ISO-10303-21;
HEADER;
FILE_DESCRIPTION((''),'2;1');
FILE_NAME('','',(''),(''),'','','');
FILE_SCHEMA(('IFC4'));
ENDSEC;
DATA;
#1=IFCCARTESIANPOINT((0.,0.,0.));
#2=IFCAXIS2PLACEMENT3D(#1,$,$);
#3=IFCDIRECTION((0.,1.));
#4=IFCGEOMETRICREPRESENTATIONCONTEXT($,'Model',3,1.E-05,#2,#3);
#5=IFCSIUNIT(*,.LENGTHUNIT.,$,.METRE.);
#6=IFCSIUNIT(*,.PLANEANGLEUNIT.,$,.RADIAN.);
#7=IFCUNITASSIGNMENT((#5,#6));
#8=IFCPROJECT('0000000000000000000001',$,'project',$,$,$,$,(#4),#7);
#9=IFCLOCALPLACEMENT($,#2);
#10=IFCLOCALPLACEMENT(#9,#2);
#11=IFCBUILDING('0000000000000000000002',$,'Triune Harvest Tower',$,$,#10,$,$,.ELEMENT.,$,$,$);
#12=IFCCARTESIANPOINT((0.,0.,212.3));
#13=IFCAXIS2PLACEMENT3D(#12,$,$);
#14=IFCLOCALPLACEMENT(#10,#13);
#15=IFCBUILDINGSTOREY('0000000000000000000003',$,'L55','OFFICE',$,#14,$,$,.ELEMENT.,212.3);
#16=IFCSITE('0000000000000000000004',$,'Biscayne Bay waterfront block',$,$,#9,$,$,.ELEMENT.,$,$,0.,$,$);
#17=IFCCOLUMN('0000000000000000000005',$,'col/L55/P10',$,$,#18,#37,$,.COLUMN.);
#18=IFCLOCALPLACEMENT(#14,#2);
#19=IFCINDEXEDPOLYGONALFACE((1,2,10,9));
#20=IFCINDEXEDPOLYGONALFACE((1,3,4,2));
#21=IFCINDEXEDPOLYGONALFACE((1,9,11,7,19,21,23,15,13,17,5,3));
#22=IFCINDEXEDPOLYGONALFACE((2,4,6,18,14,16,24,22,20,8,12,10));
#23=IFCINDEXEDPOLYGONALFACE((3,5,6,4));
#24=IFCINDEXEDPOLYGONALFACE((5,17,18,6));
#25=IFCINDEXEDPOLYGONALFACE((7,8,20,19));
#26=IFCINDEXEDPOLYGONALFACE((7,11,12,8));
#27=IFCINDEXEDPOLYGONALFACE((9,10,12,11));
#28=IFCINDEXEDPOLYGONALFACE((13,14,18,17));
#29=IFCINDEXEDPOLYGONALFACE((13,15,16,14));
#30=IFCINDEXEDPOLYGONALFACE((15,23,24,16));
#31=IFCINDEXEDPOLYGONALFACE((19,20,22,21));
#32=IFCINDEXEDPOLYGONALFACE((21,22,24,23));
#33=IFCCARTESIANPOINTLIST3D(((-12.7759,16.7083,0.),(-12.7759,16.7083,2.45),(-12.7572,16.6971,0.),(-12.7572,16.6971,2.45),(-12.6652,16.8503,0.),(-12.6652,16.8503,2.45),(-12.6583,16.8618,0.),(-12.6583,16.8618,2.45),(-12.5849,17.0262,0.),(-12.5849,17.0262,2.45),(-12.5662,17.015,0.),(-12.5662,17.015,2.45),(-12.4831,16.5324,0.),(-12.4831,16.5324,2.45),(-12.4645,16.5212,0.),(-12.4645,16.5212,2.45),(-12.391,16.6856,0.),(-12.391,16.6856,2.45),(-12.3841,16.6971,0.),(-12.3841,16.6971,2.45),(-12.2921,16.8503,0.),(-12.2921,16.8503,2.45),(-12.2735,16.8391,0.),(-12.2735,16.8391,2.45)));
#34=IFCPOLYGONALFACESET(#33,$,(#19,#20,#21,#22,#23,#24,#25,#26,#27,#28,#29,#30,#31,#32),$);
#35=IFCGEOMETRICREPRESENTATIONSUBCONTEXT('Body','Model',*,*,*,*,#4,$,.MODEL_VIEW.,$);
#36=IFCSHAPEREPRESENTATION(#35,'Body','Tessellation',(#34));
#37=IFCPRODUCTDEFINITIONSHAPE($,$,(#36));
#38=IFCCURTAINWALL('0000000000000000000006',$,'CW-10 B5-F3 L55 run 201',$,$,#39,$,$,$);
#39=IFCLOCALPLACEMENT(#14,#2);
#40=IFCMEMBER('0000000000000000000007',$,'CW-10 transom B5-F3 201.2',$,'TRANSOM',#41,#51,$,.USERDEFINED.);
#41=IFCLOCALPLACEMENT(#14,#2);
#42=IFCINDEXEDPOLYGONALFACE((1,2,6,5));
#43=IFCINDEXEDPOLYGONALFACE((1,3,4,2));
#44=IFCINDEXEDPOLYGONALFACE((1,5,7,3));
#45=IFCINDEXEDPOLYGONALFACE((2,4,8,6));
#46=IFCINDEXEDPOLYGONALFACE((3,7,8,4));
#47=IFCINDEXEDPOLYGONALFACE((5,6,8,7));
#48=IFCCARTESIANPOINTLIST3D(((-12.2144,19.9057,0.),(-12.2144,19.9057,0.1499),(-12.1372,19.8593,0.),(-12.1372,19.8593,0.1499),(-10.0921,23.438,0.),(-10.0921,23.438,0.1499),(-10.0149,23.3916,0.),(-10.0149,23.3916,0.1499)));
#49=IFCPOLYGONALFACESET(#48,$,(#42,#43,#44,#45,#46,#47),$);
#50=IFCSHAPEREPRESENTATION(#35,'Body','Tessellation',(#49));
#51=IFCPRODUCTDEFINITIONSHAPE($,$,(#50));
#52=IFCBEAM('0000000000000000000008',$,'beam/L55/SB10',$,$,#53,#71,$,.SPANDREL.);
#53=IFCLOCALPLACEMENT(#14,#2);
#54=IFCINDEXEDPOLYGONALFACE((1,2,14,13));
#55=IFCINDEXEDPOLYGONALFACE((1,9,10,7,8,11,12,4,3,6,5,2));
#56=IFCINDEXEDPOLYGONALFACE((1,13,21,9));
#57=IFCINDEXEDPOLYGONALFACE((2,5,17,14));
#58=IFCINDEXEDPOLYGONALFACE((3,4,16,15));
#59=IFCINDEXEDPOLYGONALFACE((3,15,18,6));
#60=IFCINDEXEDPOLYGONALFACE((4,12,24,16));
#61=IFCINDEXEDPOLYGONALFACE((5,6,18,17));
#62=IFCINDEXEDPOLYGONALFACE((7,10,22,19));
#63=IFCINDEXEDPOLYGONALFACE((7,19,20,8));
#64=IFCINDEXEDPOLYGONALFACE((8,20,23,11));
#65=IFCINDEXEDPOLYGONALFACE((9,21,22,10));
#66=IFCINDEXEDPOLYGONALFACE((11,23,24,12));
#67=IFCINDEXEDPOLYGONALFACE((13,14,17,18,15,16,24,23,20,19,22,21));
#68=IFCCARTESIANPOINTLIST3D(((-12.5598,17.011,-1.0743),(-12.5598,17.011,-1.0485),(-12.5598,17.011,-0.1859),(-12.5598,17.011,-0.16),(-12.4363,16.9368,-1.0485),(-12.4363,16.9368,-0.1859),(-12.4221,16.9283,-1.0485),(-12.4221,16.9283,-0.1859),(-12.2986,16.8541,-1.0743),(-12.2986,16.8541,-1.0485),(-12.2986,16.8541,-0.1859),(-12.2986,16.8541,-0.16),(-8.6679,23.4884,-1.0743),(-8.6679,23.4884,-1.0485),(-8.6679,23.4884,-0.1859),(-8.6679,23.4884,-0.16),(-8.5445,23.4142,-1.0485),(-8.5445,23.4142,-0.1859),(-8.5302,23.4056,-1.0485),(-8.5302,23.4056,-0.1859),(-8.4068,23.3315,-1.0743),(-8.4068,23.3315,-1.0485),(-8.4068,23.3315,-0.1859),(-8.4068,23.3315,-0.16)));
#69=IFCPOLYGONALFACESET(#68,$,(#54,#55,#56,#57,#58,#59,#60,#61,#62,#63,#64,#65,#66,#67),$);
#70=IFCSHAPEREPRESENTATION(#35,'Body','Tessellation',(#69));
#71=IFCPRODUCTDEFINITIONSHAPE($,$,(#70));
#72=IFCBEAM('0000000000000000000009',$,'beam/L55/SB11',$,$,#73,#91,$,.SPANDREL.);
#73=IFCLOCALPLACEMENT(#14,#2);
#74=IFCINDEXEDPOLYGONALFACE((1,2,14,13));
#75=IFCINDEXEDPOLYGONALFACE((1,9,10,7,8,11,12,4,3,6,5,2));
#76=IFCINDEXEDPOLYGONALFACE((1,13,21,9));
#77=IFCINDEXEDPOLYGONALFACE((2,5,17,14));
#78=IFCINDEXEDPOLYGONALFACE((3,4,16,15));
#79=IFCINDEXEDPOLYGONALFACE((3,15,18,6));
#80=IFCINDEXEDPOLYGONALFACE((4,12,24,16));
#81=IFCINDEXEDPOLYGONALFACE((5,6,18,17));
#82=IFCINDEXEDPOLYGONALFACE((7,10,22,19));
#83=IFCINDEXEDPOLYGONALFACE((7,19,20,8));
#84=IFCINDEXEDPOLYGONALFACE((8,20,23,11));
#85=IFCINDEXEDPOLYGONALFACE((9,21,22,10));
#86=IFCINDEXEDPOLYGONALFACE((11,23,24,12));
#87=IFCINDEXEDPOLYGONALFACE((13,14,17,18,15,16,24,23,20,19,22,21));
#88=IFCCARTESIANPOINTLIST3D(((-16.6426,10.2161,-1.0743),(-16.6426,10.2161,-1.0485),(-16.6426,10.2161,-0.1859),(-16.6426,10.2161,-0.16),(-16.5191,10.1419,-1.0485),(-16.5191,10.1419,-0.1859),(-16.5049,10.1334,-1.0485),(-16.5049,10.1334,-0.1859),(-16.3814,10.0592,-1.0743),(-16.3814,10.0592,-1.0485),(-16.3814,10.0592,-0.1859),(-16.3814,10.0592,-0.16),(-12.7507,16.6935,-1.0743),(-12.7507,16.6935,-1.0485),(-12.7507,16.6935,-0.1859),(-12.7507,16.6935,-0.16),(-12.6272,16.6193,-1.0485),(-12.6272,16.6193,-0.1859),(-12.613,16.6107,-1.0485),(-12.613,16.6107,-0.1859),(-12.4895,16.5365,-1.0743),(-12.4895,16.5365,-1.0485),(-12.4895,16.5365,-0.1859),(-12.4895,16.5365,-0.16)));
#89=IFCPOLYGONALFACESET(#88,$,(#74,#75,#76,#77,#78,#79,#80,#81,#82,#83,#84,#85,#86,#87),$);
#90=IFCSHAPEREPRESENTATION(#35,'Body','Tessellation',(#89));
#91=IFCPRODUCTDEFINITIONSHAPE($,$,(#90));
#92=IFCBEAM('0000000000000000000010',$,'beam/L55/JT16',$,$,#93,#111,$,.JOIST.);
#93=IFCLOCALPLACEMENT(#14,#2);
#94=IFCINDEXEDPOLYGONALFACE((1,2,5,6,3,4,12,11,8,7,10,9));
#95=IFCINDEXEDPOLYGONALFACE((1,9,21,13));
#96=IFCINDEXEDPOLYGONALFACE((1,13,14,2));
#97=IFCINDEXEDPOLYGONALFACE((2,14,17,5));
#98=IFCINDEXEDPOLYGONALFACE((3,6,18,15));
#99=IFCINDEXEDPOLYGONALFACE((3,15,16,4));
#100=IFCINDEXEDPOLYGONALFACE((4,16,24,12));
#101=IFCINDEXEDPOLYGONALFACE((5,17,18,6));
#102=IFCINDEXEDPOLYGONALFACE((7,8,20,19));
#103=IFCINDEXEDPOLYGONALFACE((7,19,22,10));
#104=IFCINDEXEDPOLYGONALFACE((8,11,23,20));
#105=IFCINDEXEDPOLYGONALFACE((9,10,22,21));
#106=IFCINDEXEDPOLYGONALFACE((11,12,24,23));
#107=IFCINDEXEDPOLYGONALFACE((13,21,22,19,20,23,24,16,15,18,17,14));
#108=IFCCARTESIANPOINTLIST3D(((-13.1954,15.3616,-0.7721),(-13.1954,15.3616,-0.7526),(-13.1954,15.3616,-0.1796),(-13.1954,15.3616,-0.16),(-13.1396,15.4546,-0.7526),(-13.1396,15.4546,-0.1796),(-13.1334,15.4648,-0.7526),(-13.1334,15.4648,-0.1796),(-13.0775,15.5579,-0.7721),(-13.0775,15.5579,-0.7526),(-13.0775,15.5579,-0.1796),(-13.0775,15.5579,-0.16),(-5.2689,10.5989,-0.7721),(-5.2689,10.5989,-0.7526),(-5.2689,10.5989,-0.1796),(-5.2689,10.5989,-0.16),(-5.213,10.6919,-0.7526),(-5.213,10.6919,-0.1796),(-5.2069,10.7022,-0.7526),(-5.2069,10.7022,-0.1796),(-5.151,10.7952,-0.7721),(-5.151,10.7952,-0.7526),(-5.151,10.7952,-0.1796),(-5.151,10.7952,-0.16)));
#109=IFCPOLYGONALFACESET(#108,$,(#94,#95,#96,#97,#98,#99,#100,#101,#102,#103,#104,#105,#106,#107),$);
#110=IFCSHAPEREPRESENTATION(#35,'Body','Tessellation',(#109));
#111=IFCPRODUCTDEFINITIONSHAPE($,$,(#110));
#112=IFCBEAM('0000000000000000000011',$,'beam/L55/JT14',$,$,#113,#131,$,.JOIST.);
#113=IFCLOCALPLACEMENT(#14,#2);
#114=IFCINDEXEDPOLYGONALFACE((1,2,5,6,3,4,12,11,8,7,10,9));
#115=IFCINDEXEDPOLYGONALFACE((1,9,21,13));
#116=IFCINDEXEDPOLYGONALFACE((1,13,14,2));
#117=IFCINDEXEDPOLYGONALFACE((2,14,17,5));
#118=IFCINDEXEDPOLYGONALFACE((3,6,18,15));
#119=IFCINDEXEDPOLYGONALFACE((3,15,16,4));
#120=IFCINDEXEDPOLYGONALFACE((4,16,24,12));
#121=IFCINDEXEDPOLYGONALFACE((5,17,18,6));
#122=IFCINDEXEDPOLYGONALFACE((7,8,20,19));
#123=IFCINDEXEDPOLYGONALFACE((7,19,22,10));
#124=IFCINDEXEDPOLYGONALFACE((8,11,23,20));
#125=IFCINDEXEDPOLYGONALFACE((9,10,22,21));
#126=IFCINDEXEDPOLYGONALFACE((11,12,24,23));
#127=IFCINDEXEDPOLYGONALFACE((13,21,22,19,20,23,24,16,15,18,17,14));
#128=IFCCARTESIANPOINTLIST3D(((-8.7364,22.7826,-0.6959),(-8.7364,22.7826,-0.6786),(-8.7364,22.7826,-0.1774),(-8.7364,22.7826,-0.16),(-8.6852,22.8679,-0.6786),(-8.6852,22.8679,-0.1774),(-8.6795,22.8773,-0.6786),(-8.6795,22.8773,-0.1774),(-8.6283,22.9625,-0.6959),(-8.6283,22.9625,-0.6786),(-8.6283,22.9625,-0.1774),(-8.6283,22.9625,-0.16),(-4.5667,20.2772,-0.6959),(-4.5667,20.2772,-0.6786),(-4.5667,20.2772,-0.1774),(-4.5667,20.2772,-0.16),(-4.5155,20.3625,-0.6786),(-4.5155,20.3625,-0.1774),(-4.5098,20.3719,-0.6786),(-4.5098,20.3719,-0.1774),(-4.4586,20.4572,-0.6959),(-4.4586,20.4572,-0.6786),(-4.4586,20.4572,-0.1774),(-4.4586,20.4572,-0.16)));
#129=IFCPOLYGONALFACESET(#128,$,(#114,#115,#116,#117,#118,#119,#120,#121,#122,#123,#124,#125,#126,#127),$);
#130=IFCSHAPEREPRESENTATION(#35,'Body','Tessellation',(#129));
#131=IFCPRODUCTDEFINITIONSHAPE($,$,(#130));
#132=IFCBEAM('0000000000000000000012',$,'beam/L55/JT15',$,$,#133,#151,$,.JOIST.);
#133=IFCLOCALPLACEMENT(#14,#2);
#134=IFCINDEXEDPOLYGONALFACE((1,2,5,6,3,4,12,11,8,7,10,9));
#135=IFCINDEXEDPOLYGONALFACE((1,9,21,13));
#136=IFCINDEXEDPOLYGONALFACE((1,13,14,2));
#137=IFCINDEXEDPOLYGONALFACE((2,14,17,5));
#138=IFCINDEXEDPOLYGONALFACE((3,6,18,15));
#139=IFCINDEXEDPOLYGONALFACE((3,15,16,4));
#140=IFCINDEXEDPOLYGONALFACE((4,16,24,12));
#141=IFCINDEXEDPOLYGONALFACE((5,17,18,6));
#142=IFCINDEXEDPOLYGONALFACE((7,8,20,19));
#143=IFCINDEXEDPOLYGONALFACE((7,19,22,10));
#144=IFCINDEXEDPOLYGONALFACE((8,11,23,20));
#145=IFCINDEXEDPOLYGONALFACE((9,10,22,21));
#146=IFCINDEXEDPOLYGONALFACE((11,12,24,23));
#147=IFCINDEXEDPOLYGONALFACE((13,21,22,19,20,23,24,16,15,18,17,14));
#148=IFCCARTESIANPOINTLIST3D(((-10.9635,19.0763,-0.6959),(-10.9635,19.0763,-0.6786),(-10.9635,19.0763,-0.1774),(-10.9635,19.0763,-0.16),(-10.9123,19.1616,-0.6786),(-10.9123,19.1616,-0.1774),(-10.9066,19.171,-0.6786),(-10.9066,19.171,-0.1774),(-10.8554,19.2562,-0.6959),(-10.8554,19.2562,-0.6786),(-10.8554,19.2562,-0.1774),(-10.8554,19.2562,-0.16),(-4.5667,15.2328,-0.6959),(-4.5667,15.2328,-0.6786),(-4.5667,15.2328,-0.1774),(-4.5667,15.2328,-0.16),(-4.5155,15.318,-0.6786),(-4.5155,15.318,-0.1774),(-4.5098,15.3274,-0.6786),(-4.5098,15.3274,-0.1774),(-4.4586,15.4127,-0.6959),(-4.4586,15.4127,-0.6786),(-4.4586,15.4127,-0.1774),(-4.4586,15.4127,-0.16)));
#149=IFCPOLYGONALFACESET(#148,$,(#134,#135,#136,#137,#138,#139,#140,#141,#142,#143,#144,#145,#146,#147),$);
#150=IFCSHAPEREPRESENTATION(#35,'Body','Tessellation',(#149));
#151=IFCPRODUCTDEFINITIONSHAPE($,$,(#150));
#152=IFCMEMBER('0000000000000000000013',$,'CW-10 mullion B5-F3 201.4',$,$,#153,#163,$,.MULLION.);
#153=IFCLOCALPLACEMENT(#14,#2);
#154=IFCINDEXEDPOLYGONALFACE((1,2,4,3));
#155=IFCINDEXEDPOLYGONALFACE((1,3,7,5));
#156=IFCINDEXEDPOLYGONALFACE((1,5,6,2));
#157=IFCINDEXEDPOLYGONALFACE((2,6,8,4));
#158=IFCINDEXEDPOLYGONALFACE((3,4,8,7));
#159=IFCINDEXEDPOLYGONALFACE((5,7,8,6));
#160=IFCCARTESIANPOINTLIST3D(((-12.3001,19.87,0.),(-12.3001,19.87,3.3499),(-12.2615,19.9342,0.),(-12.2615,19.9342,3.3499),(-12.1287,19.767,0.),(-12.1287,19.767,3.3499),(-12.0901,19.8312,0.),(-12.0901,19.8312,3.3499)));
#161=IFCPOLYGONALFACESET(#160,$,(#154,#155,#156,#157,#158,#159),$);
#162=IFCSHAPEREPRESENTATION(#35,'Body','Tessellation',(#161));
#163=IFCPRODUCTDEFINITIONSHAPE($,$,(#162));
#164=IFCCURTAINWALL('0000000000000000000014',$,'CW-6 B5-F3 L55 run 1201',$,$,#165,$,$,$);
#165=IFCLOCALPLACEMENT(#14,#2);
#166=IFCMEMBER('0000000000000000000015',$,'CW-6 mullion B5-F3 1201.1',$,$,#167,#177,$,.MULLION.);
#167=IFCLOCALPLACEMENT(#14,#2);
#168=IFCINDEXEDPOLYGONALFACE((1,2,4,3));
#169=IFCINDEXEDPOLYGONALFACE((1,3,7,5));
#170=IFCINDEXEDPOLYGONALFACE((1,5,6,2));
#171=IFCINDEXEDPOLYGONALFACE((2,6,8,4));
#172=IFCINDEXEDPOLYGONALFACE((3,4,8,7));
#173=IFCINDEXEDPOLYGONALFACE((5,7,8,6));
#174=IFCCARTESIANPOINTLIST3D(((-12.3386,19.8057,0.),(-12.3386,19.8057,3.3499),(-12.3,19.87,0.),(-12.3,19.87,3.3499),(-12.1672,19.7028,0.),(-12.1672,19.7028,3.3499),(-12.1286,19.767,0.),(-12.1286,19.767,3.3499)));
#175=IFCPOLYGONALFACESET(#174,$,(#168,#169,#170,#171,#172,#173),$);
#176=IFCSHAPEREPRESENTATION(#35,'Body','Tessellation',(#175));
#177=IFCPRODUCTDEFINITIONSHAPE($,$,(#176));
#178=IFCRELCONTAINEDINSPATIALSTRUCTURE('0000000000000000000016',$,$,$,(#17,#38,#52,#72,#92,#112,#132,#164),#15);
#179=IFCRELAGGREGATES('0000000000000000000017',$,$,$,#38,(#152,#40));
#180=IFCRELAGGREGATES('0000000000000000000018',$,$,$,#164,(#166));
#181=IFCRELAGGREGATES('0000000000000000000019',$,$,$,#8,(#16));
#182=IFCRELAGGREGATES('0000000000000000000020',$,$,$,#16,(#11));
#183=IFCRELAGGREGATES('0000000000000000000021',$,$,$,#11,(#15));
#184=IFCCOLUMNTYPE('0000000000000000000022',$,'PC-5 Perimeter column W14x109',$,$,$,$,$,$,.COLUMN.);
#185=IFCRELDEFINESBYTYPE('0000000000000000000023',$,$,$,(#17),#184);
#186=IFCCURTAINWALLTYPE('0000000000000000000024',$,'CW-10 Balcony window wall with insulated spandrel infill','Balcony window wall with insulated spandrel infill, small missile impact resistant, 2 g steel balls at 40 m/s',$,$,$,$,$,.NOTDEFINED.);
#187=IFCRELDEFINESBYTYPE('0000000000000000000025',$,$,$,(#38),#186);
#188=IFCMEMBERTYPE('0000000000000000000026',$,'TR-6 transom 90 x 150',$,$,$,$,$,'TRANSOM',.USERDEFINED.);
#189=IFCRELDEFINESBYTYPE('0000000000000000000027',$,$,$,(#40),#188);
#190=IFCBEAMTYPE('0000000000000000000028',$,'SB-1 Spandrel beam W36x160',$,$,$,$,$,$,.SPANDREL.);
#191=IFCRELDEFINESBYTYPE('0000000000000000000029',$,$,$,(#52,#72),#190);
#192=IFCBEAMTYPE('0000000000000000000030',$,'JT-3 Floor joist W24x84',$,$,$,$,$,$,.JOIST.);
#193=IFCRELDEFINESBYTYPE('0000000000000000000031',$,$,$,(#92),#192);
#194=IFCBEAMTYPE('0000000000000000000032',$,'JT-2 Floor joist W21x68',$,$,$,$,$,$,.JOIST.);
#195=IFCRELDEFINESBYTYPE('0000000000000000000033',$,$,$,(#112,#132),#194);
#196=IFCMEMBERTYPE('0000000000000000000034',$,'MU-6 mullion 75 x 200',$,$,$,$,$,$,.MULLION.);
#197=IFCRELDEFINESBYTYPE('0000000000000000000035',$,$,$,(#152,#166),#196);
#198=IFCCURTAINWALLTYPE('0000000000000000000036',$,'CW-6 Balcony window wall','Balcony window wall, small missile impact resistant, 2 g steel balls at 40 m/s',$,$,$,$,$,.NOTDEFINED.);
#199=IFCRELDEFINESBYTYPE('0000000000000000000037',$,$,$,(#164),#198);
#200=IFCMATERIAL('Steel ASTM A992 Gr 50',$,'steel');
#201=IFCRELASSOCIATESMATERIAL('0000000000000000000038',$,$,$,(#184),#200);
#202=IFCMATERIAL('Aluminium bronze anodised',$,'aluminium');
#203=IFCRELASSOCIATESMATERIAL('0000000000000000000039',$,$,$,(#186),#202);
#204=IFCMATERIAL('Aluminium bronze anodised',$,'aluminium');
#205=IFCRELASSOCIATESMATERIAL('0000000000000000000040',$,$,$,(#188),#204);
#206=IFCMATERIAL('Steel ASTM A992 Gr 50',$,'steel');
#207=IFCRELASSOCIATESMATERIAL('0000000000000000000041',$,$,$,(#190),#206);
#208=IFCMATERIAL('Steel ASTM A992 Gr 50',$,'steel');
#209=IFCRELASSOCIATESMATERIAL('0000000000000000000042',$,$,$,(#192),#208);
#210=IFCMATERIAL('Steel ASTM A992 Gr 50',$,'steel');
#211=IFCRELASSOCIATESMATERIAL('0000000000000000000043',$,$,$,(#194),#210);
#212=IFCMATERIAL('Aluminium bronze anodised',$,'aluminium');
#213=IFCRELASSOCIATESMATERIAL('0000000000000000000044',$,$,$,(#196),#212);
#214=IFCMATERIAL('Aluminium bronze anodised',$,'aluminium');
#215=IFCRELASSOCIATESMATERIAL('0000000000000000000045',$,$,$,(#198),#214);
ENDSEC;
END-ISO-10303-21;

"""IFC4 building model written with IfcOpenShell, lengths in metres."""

from ifc_helpers import new_model, si_unit, direction, frame, origin, origin_2d, place, context, subcontext, project, spatial, rectangle, i_section, extrude, source, transform, mapped, material, material_profile, profile_set, type_object, element, aggregate, save


model = new_model("IFC4")

# Units and contexts
model_context = context("Model", 3, precision=1e-05, world=origin(), true_north=direction((0.0, 1.0)))
body_context = subcontext(model_context, "Body", "Model", "MODEL_VIEW")
ifc_project = project(units=[si_unit("LENGTHUNIT", "METRE"), si_unit("PLANEANGLEUNIT", "RADIAN")], contexts=[model_context])

# Site, building, storey
site_placement = place(None, origin())
site = spatial("IfcSite", under=ifc_project, at=site_placement, Name="Biscayne Bay waterfront block", CompositionType="ELEMENT", RefElevation=0.0)
building_placement = place(site_placement, origin())
building = spatial("IfcBuilding", under=site, at=building_placement, Name="Triune Harvest Tower", CompositionType="ELEMENT")
storey_placement = place(building_placement, frame((0.0, 0.0, 212.3)))
storey = spatial("IfcBuildingStorey", under=building, at=storey_placement, Name="L55", Description="OFFICE", CompositionType="ELEMENT", Elevation=212.3)

# Column
ifc_material_1 = material(Name="Steel ASTM A992 Gr 50", Category="steel")
ifc_material_profile_1 = material_profile(ifc_material_1, i_section(OverallWidth=0.3708, OverallDepth=0.3633, WebThickness=0.0134, FlangeThickness=0.0217, at=origin_2d()), Name="W14x109")
ifc_profile_set_1 = profile_set([ifc_material_profile_1], Name="Steel ASTM A992 Gr 50")
column_type = type_object("IfcColumnType", Name="PC-5 Perimeter column W14x109", PredefinedType="COLUMN", material=ifc_profile_set_1)
shared_shape_1 = source(origin(), body_context, "Body", "SweptSolid", [
    extrude(i_section(OverallWidth=0.3708, OverallDepth=0.3633, WebThickness=0.0134, FlangeThickness=0.0217, at=origin_2d()), origin(), (0.0, 0.0, 1.0), 2.45),
])
column_placement = place(storey_placement, frame((-12.5247, 16.7737, 0.0), z_axis=(0.0, 0.0, 1.0), x_axis=(-0.515037, -0.857168, 0.0)))
element("IfcColumn", 1, at=column_placement, inside=storey, type_object=column_type, Name="col/L55/P10", PredefinedType="COLUMN", context=body_context, shape_type="MappedRepresentation", body=[
    mapped(shared_shape_1, transform((0.0, 0.0, 0.0), scale=1.0)),
])

# Curtain wall, member
ifc_material_2 = material(Name="Aluminium bronze anodised", Category="aluminium")
curtain_wall_type_1 = type_object("IfcCurtainWallType", Name="CW-10 Balcony window wall with insulated spandrel infill", Description="Balcony window wall with insulated spandrel infill, small missile impact resistant, 2 g steel balls at 40 m/s", PredefinedType="NOTDEFINED", material=ifc_material_2)
curtain_wall_1_placement = place(storey_placement, origin())
curtain_wall_1 = element("IfcCurtainWall", 2, at=curtain_wall_1_placement, inside=storey, type_object=curtain_wall_type_1, Name="CW-10 B5-F3 L55 run 201")
ifc_material_3 = material(Name="Aluminium bronze anodised", Category="aluminium")
ifc_material_profile_2 = material_profile(ifc_material_3, rectangle(XDim=0.0901, YDim=0.1499, at=origin_2d()), Name="TR-6 transom 90 x 150")
ifc_profile_set_2 = profile_set([ifc_material_profile_2], Name="Aluminium bronze anodised")
member_type_1 = type_object("IfcMemberType", Name="TR-6 transom 90 x 150", ElementType="TRANSOM", PredefinedType="USERDEFINED", material=ifc_profile_set_2)
member_1_placement = place(storey_placement, frame((-10.0535, 23.4148, 0.075), z_axis=(-0.515027, -0.857174, 0.0), x_axis=(0.857174, -0.515027, 0.0)))
member_1 = element("IfcMember", 3, at=member_1_placement, type_object=member_type_1, Name="CW-10 transom B5-F3 201.2", ObjectType="TRANSOM", PredefinedType="USERDEFINED", context=body_context, shape_type="SweptSolid", body=[
    extrude(rectangle(XDim=0.0901, YDim=0.1499, at=origin_2d()), origin(), (0.0, 0.0, 1.0), 4.1208),
])

# Beams
ifc_material_4 = material(Name="Steel ASTM A992 Gr 50", Category="steel")
ifc_material_profile_3 = material_profile(ifc_material_4, i_section(OverallWidth=0.3047, OverallDepth=0.9143, WebThickness=0.0166, FlangeThickness=0.0259, at=origin_2d()), Name="W36x160")
ifc_profile_set_3 = profile_set([ifc_material_profile_3], Name="Steel ASTM A992 Gr 50")
beam_type_1 = type_object("IfcBeamType", Name="SB-1 Spandrel beam W36x160", PredefinedType="SPANDREL", material=ifc_profile_set_3)
shared_shape_2 = source(origin(), body_context, "Body", "SweptSolid", [
    extrude(i_section(OverallWidth=0.3047, OverallDepth=0.9143, WebThickness=0.0166, FlangeThickness=0.0259, at=origin_2d()), origin(), (0.0, 0.0, 1.0), 7.5566),
])
for number, where, z_axis, x_axis, name in (
    (4, (-8.5374, 23.4099, -0.6172), (-0.515028, -0.857173, 0.0), (0.857173, -0.515028, 0.0), "beam/L55/SB10"),
    (5, (-12.6201, 16.615, -0.6172), (-0.515028, -0.857173, 0.0), (0.857173, -0.515028, 0.0), "beam/L55/SB11"),
):
    element("IfcBeam", number, at=place(storey_placement, frame(where, z_axis=z_axis, x_axis=x_axis)), inside=storey, type_object=beam_type_1, Name=name, PredefinedType="SPANDREL", context=body_context, shape_type="MappedRepresentation", body=[
        mapped(shared_shape_2, transform((0.0, 0.0, 0.0), scale=1.0)),
    ])
ifc_material_5 = material(Name="Steel ASTM A992 Gr 50", Category="steel")
ifc_material_profile_4 = material_profile(ifc_material_5, i_section(OverallWidth=0.229, OverallDepth=0.6121, WebThickness=0.012, FlangeThickness=0.0195, at=origin_2d()), Name="W24x84")
ifc_profile_set_4 = profile_set([ifc_material_profile_4], Name="Steel ASTM A992 Gr 50")
beam_type_2 = type_object("IfcBeamType", Name="JT-3 Floor joist W24x84", PredefinedType="JOIST", material=ifc_profile_set_4)
shared_shape_3 = source(origin(), body_context, "Body", "SweptSolid", [
    extrude(i_section(OverallWidth=0.229, OverallDepth=0.6121, WebThickness=0.012, FlangeThickness=0.0195, at=origin_2d()), origin(), (0.0, 0.0, 1.0), 9.2473),
])
beam_1_placement = place(storey_placement, frame((-13.1365, 15.4597, -0.4661), z_axis=(0.857169, -0.515035, 0.0), x_axis=(0.515035, 0.857169, 0.0)))
element("IfcBeam", 6, at=beam_1_placement, inside=storey, type_object=beam_type_2, Name="beam/L55/JT16", PredefinedType="JOIST", context=body_context, shape_type="MappedRepresentation", body=[
    mapped(shared_shape_3, transform((0.0, 0.0, 0.0), scale=1.0)),
])
ifc_material_6 = material(Name="Steel ASTM A992 Gr 50", Category="steel")
ifc_material_profile_5 = material_profile(ifc_material_6, i_section(OverallWidth=0.21, OverallDepth=0.5359, WebThickness=0.011, FlangeThickness=0.0173, at=origin_2d()), Name="W21x68")
ifc_profile_set_5 = profile_set([ifc_material_profile_5], Name="Steel ASTM A992 Gr 50")
beam_type_3 = type_object("IfcBeamType", Name="JT-2 Floor joist W21x68", PredefinedType="JOIST", material=ifc_profile_set_5)
shared_shape_4 = source(origin(), body_context, "Body", "SweptSolid", [
    extrude(i_section(OverallWidth=0.21, OverallDepth=0.5359, WebThickness=0.011, FlangeThickness=0.0173, at=origin_2d()), origin(), (0.0, 0.0, 1.0), 4.8645),
])
beam_2_placement = place(storey_placement, frame((-8.6824, 22.8726, -0.428), z_axis=(0.857169, -0.515034, 0.0), x_axis=(0.515034, 0.857169, 0.0)))
element("IfcBeam", 7, at=beam_2_placement, inside=storey, type_object=beam_type_3, Name="beam/L55/JT14", PredefinedType="JOIST", context=body_context, shape_type="MappedRepresentation", body=[
    mapped(shared_shape_4, transform((0.0, 0.0, 0.0), scale=1.0)),
])
shared_shape_5 = source(origin(), body_context, "Body", "SweptSolid", [
    extrude(i_section(OverallWidth=0.21, OverallDepth=0.5359, WebThickness=0.011, FlangeThickness=0.0173, at=origin_2d()), origin(), (0.0, 0.0, 1.0), 7.4626),
])
beam_3_placement = place(storey_placement, frame((-10.9094, 19.1663, -0.428), z_axis=(0.857169, -0.515034, 0.0), x_axis=(0.515034, 0.857169, 0.0)))
element("IfcBeam", 8, at=beam_3_placement, inside=storey, type_object=beam_type_3, Name="beam/L55/JT15", PredefinedType="JOIST", context=body_context, shape_type="MappedRepresentation", body=[
    mapped(shared_shape_5, transform((0.0, 0.0, 0.0), scale=1.0)),
])

# Member
ifc_material_7 = material(Name="Aluminium bronze anodised", Category="aluminium")
ifc_material_profile_6 = material_profile(ifc_material_7, rectangle(XDim=0.2, YDim=0.075, at=origin_2d()), Name="MU-6 mullion 75 x 200")
ifc_profile_set_6 = profile_set([ifc_material_profile_6], Name="Aluminium bronze anodised")
member_type_2 = type_object("IfcMemberType", Name="MU-6 mullion 75 x 200", PredefinedType="MULLION", material=ifc_profile_set_6)
shared_shape_6 = source(origin(), body_context, "Body", "SweptSolid", [
    extrude(rectangle(XDim=0.2, YDim=0.075, at=origin_2d()), origin(), (0.0, 0.0, 1.0), 3.3499),
])
member_2_placement = place(storey_placement, frame((-12.1951, 19.8506, 0.0), z_axis=(0.0, 0.0, 1.0), x_axis=(0.857171, -0.515032, 0.0)))
member_2 = element("IfcMember", 9, at=member_2_placement, type_object=member_type_2, Name="CW-10 mullion B5-F3 201.4", PredefinedType="MULLION", context=body_context, shape_type="MappedRepresentation", body=[
    mapped(shared_shape_6, transform((0.0, 0.0, 0.0), scale=1.0)),
])

# Curtain wall, member
ifc_material_8 = material(Name="Aluminium bronze anodised", Category="aluminium")
curtain_wall_type_2 = type_object("IfcCurtainWallType", Name="CW-6 Balcony window wall", Description="Balcony window wall, small missile impact resistant, 2 g steel balls at 40 m/s", PredefinedType="NOTDEFINED", material=ifc_material_8)
curtain_wall_2_placement = place(storey_placement, origin())
curtain_wall_2 = element("IfcCurtainWall", 10, at=curtain_wall_2_placement, inside=storey, type_object=curtain_wall_type_2, Name="CW-6 B5-F3 L55 run 1201")
member_3_placement = place(storey_placement, frame((-12.2336, 19.7864, 0.0), z_axis=(0.0, 0.0, 1.0), x_axis=(0.857166, -0.515041, 0.0)))
member_3 = element("IfcMember", 11, at=member_3_placement, type_object=member_type_2, Name="CW-6 mullion B5-F3 1201.1", PredefinedType="MULLION", context=body_context, shape_type="MappedRepresentation", body=[
    mapped(shared_shape_6, transform((0.0, 0.0, 0.0), scale=1.0)),
])

aggregate(curtain_wall_1, [member_2, member_1])
aggregate(curtain_wall_2, [member_3])

save(model, "model.ifc")
